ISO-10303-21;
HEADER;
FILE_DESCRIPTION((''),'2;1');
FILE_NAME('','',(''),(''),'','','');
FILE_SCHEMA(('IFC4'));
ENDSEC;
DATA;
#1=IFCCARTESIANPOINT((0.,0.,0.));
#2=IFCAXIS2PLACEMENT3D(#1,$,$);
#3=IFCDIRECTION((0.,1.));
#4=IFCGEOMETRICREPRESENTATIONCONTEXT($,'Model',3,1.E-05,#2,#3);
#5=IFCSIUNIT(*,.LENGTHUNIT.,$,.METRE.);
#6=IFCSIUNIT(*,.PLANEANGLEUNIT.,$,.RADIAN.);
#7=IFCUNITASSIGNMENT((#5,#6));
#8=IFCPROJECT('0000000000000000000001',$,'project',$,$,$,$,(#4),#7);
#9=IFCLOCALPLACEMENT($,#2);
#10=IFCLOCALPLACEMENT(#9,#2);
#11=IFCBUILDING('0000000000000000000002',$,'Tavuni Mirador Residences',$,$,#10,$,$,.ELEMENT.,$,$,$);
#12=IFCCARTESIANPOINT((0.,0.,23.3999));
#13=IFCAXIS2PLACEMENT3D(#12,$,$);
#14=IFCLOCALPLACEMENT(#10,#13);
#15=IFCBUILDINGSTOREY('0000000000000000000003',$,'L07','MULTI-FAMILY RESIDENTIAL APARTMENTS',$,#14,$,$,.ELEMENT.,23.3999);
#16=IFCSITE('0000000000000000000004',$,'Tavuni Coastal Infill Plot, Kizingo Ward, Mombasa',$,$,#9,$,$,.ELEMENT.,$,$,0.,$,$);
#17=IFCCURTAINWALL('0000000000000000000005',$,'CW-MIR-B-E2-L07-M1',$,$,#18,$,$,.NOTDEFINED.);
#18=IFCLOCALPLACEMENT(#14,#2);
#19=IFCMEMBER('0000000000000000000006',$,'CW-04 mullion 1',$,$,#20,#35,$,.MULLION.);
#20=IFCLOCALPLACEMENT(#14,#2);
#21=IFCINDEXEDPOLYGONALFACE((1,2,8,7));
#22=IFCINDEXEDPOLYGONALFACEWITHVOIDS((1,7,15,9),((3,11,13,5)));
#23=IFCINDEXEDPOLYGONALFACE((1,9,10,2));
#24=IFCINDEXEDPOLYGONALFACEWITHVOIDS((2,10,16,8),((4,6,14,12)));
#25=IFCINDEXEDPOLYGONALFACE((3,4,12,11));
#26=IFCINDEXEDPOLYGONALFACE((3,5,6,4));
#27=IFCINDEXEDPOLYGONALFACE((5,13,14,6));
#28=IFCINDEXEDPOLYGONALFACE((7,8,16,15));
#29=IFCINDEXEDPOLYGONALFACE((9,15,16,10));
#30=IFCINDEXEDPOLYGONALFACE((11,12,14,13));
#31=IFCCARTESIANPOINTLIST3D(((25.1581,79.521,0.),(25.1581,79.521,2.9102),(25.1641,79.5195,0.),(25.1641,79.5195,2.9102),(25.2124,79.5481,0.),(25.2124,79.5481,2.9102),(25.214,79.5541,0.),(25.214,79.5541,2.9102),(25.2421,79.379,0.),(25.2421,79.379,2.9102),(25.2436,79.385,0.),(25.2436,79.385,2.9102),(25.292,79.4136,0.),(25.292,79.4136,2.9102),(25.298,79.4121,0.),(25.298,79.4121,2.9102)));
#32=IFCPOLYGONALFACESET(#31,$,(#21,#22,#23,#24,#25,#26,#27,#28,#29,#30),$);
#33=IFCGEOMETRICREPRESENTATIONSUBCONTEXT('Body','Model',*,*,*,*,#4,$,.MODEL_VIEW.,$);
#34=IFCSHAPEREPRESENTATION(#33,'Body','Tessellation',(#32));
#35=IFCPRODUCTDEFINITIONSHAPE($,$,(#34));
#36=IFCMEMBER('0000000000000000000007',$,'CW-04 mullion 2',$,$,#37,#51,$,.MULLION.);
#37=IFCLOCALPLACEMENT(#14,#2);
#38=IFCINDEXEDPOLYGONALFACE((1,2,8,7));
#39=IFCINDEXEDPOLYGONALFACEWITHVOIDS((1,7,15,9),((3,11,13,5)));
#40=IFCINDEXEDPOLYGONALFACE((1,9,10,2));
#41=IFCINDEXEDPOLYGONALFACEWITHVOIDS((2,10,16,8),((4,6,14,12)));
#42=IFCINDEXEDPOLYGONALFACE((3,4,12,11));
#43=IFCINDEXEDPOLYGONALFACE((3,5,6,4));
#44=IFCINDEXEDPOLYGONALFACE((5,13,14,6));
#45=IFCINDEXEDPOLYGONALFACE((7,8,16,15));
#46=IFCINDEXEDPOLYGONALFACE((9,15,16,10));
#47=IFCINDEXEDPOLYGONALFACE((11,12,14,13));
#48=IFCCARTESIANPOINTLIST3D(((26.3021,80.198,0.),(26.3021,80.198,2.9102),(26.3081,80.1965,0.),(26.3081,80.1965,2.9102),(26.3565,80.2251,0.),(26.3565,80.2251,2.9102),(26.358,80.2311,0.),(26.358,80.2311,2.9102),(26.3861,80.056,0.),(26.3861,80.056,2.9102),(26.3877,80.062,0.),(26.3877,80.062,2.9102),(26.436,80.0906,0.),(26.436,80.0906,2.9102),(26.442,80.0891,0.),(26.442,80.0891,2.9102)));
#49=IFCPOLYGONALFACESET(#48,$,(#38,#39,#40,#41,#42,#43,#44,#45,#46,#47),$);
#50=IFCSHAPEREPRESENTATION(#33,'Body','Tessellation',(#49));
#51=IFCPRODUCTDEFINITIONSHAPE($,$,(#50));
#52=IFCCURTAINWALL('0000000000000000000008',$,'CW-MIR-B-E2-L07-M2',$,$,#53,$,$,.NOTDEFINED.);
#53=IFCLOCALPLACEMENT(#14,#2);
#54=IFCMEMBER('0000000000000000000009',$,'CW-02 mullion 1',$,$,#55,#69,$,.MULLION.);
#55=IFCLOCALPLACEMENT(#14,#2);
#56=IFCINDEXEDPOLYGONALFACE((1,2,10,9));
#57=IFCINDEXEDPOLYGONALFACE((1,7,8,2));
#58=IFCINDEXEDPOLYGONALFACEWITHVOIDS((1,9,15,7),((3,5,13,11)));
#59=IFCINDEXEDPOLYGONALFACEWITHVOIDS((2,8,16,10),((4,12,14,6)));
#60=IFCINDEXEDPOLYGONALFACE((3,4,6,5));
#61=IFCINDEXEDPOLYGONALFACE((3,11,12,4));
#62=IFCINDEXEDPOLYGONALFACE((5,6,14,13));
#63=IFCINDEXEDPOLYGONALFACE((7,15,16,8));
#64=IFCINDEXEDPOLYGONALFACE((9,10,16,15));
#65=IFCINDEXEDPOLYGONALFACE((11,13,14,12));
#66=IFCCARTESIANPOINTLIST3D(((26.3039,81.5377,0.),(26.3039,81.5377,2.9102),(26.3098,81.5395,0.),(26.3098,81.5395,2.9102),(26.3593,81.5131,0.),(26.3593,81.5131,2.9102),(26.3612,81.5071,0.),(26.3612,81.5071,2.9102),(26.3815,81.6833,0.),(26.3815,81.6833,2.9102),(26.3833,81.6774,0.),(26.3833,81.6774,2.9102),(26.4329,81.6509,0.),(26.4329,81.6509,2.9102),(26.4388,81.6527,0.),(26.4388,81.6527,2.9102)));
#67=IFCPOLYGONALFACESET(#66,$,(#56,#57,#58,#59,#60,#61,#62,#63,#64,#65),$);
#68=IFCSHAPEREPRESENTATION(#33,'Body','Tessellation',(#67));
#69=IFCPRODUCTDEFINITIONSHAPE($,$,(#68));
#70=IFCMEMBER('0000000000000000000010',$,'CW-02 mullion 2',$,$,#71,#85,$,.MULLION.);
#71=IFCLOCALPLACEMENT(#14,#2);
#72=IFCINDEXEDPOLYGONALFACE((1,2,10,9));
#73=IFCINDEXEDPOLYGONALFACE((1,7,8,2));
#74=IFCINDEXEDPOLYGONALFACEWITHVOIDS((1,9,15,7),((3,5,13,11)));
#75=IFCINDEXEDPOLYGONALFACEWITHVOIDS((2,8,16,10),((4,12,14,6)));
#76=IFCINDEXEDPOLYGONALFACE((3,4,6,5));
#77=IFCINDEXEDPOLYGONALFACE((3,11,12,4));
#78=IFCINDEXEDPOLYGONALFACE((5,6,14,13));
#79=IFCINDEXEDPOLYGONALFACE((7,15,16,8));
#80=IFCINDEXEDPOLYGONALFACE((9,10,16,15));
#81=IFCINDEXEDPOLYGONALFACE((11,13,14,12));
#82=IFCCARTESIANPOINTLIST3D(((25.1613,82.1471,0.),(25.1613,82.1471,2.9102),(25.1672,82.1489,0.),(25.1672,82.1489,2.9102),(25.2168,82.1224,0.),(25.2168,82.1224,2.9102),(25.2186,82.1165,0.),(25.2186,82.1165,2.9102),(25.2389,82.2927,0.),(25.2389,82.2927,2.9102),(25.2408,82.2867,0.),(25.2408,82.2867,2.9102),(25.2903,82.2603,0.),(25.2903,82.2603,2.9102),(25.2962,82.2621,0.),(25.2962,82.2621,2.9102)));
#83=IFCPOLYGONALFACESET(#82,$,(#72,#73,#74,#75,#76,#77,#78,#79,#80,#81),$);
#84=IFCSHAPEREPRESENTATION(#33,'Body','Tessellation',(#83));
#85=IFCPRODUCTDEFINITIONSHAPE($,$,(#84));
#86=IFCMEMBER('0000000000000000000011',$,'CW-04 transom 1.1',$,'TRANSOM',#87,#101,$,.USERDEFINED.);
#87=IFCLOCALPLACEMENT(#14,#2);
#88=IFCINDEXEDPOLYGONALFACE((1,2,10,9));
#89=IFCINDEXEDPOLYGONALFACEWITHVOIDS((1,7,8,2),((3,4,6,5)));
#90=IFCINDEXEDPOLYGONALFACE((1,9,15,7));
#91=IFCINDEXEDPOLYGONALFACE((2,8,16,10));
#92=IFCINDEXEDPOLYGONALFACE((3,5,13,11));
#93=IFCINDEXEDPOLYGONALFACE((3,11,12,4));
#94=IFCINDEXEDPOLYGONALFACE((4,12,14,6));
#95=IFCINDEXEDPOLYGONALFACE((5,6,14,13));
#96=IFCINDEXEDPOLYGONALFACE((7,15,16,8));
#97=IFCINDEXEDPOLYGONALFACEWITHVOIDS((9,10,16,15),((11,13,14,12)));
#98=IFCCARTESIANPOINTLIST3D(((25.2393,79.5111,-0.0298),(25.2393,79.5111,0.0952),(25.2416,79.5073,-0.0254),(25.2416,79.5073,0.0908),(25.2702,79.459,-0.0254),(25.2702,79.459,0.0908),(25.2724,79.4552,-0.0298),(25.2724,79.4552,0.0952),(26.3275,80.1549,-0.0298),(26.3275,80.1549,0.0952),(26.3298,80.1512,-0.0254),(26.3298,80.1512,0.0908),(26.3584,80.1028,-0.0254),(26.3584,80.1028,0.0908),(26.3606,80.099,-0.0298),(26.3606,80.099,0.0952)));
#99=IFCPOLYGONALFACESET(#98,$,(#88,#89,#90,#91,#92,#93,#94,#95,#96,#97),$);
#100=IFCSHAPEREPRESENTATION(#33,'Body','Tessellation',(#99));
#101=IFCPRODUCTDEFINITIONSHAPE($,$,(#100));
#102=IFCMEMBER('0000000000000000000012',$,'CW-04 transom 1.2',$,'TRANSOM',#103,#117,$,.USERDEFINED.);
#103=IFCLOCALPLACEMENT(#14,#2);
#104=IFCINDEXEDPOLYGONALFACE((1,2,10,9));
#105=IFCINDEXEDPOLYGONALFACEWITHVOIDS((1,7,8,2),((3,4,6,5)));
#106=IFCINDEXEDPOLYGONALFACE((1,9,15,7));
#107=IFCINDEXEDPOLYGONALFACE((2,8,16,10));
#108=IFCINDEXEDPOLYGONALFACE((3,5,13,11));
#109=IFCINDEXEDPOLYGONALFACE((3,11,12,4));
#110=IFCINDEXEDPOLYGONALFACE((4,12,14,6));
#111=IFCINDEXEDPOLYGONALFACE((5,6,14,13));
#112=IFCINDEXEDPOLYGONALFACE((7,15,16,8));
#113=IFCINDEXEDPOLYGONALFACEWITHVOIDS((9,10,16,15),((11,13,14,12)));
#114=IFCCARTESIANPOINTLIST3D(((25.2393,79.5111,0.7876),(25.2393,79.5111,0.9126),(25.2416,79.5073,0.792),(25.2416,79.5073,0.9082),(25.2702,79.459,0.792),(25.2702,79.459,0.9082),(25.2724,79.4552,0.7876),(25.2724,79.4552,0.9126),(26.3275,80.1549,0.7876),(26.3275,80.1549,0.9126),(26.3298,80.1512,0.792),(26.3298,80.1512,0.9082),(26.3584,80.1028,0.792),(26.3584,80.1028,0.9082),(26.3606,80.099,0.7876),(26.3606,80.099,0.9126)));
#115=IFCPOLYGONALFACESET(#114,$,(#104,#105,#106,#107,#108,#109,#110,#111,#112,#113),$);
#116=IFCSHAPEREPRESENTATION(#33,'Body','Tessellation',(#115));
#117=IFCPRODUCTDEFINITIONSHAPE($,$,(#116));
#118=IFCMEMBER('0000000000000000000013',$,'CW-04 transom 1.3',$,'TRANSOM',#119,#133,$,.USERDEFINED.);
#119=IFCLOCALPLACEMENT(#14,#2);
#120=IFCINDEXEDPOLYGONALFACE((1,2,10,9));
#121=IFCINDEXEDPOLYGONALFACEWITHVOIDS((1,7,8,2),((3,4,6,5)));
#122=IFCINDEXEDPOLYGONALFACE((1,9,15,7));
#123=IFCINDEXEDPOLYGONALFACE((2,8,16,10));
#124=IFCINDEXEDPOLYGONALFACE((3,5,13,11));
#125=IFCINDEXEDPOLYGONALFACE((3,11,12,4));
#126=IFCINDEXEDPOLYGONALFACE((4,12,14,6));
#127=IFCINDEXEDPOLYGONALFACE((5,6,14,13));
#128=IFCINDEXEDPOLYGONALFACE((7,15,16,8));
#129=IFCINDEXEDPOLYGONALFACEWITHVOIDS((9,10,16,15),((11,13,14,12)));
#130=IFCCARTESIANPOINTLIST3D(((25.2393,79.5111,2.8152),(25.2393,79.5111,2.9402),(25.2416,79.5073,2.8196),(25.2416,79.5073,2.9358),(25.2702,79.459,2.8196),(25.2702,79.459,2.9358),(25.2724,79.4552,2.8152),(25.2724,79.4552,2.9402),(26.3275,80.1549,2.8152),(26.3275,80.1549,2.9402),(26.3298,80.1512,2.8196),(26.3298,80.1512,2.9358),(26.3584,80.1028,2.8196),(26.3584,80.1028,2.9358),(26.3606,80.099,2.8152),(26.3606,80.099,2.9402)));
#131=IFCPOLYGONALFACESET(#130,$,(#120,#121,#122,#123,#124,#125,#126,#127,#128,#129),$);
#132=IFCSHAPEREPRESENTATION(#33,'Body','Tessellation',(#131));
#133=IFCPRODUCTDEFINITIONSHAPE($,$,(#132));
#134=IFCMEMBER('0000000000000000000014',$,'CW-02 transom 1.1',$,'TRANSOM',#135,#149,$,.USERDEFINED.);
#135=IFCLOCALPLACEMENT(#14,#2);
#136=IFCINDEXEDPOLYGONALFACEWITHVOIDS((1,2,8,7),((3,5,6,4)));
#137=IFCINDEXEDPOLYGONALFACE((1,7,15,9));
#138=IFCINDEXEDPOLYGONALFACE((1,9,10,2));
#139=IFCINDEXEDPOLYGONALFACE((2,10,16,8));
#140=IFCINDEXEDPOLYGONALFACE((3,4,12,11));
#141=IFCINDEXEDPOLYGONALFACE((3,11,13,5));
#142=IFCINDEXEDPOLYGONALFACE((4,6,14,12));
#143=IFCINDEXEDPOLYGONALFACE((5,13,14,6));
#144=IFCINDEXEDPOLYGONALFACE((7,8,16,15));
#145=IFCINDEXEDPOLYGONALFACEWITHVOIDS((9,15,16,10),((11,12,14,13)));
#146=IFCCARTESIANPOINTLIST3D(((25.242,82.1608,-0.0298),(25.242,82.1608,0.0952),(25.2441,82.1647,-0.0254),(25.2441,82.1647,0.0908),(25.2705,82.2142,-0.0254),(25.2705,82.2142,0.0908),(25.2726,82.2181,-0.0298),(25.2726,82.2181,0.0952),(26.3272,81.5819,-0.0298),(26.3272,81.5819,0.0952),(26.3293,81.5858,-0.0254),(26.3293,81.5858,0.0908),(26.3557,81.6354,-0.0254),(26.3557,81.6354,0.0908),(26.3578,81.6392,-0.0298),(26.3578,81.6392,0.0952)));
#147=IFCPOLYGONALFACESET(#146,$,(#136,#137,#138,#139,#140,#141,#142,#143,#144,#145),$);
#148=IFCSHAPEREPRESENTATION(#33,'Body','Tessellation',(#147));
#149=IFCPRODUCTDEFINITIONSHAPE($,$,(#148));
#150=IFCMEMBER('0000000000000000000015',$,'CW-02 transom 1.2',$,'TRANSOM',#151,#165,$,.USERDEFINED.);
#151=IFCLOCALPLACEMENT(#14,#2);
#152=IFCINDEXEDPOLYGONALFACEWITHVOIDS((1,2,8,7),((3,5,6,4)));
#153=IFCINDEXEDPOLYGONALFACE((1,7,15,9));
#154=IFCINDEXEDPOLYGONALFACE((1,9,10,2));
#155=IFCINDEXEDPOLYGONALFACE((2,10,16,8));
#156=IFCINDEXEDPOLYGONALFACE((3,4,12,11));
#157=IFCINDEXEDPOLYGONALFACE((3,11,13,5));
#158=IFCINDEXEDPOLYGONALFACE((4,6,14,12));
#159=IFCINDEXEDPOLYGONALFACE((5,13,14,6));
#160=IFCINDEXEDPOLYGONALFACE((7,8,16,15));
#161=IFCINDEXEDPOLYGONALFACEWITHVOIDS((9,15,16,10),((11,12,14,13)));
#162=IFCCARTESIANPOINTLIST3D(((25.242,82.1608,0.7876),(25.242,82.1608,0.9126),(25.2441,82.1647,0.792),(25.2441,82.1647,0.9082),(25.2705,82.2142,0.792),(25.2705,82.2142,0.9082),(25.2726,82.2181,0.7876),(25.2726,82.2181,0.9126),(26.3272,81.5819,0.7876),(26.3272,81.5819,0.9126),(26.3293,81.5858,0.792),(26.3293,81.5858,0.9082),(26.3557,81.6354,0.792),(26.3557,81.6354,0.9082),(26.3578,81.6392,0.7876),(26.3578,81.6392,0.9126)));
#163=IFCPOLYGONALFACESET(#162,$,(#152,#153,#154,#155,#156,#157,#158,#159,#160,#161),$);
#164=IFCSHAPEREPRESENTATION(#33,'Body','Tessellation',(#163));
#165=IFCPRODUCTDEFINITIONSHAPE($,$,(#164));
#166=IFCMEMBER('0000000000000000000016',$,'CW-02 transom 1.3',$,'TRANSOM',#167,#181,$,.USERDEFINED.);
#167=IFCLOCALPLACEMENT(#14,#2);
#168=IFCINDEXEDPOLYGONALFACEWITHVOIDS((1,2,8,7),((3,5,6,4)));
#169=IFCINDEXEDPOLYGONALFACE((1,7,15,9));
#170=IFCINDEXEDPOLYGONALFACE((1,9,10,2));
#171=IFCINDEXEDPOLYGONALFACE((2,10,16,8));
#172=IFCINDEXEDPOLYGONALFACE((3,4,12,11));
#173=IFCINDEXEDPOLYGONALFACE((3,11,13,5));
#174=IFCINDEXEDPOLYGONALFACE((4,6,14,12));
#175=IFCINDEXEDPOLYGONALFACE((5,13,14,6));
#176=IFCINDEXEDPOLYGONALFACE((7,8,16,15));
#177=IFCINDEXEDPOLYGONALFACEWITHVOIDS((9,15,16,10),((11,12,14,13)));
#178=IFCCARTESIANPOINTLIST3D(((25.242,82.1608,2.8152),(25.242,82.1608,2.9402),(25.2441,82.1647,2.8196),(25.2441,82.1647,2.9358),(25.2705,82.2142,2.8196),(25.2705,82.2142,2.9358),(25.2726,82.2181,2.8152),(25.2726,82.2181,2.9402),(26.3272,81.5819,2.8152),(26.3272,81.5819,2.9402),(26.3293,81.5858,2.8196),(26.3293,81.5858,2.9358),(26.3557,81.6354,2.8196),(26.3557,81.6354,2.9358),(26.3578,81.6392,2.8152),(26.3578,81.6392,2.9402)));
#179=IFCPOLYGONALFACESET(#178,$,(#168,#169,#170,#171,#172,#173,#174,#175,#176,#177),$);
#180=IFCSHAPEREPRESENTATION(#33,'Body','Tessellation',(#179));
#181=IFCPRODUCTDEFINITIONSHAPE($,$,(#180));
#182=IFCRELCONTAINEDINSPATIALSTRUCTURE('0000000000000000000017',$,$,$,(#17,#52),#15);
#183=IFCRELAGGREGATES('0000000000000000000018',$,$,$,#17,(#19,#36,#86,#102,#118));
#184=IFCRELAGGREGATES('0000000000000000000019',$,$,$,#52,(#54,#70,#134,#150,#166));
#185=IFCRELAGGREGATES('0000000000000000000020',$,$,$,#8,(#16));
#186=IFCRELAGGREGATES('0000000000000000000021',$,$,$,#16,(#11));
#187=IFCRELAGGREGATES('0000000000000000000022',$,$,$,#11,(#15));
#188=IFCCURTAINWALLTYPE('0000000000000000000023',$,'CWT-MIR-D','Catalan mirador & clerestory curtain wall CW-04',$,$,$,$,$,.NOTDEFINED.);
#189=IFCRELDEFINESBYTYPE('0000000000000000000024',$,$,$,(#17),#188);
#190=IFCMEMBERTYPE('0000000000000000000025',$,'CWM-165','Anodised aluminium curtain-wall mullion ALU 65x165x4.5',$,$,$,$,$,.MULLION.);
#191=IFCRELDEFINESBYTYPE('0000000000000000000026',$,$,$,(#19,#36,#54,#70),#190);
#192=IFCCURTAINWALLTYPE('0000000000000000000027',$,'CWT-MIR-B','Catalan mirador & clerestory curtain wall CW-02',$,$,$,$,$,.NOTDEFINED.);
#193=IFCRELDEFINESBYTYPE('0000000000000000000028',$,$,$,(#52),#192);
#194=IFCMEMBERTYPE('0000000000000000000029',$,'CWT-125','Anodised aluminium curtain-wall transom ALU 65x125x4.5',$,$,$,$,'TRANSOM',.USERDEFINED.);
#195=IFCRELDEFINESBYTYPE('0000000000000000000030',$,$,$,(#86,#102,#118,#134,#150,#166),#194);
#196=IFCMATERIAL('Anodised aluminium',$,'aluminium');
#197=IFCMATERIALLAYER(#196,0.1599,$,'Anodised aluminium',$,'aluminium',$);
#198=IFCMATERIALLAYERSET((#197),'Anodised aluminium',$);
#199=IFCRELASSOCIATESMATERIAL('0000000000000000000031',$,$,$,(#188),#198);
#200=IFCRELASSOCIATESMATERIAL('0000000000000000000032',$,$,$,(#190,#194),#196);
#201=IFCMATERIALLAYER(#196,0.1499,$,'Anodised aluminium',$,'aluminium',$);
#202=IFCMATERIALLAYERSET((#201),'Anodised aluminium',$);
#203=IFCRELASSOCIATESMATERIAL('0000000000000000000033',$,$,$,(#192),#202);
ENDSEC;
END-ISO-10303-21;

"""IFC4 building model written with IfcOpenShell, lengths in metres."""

from ifc_helpers import new_model, si_unit, direction, frame, origin, origin_2d, place, context, subcontext, project, spatial, hollow_rectangle, extrude, material, layer, layer_set, material_profile, profile_set, type_object, element, aggregate, save


model = new_model("IFC4")

# Units and contexts
model_context = context("Model", 3, precision=1e-05, world=origin(), true_north=direction((0.0, 1.0)))
body_context = subcontext(model_context, "Body", "Model", "MODEL_VIEW")
ifc_project = project(units=[si_unit("LENGTHUNIT", "METRE"), si_unit("PLANEANGLEUNIT", "RADIAN")], contexts=[model_context])

# Site, building, storey
site_placement = place(None, origin())
site = spatial("IfcSite", under=ifc_project, at=site_placement, Name="Tavuni Coastal Infill Plot, Kizingo Ward, Mombasa", CompositionType="ELEMENT", RefElevation=0.0)
building_placement = place(site_placement, origin())
building = spatial("IfcBuilding", under=site, at=building_placement, Name="Tavuni Mirador Residences", CompositionType="ELEMENT")
storey_placement = place(building_placement, frame((0.0, 0.0, 23.3999)))
storey = spatial("IfcBuildingStorey", under=building, at=storey_placement, Name="L07", Description="MULTI-FAMILY RESIDENTIAL APARTMENTS", CompositionType="ELEMENT", Elevation=23.3999)

# Curtain walls, members
ifc_material_1 = material(Name="Anodised aluminium", Category="aluminium")
ifc_layer_1 = layer(ifc_material_1, 0.1599, Name="Anodised aluminium", Category="aluminium")
ifc_layer_set_1 = layer_set([ifc_layer_1], Name="Anodised aluminium")
curtain_wall_type_1 = type_object("IfcCurtainWallType", Name="CWT-MIR-D", Description="Catalan mirador & clerestory curtain wall CW-04", PredefinedType="NOTDEFINED", material=ifc_layer_set_1)
curtain_wall_1_placement = place(storey_placement, origin())
curtain_wall_1 = element("IfcCurtainWall", 1, at=curtain_wall_1_placement, inside=storey, type_object=curtain_wall_type_1, Name="CW-MIR-B-E2-L07-M1", PredefinedType="NOTDEFINED")
ifc_material_profile_1 = material_profile(ifc_material_1, hollow_rectangle(XDim=0.0649, YDim=0.165, WallThickness=0.0044, at=origin_2d()), Name="ALU 65x165x4.5", Category="aluminium")
ifc_profile_set_1 = profile_set([ifc_material_profile_1], Name="Anodised aluminium")
member_type_1 = type_object("IfcMemberType", Name="CWM-165", Description="Anodised aluminium curtain-wall mullion ALU 65x165x4.5", PredefinedType="MULLION", material=ifc_profile_set_1)
member_1_placement = place(storey_placement, frame((25.228, 79.4666, 0.0), z_axis=(0.0, 0.0, 1.0), x_axis=(0.860641, 0.509212, 0.0)))
member_1 = element("IfcMember", 2, at=member_1_placement, type_object=member_type_1, Name="CW-04 mullion 1", PredefinedType="MULLION", context=body_context, shape_type="SweptSolid", body=[
    extrude(hollow_rectangle(XDim=0.0649, YDim=0.165, WallThickness=0.0044, at=origin_2d()), origin(), (0.0, 0.0, 1.0), 2.9102),
])
member_2_placement = place(storey_placement, frame((26.3721, 80.1436, 0.0), z_axis=(0.0, 0.0, 1.0), x_axis=(0.860641, 0.509212, 0.0)))
member_2 = element("IfcMember", 3, at=member_2_placement, type_object=member_type_1, Name="CW-04 mullion 2", PredefinedType="MULLION", context=body_context, shape_type="SweptSolid", body=[
    extrude(hollow_rectangle(XDim=0.0649, YDim=0.165, WallThickness=0.0044, at=origin_2d()), origin(), (0.0, 0.0, 1.0), 2.9102),
])
ifc_layer_2 = layer(ifc_material_1, 0.1499, Name="Anodised aluminium", Category="aluminium")
ifc_layer_set_2 = layer_set([ifc_layer_2], Name="Anodised aluminium")
curtain_wall_type_2 = type_object("IfcCurtainWallType", Name="CWT-MIR-B", Description="Catalan mirador & clerestory curtain wall CW-02", PredefinedType="NOTDEFINED", material=ifc_layer_set_2)
curtain_wall_2_placement = place(storey_placement, origin())
curtain_wall_2 = element("IfcCurtainWall", 4, at=curtain_wall_2_placement, inside=storey, type_object=curtain_wall_type_2, Name="CW-MIR-B-E2-L07-M2", PredefinedType="NOTDEFINED")
member_3_placement = place(storey_placement, frame((26.3713, 81.5952, 0.0), z_axis=(0.0, 0.0, 1.0), x_axis=(-0.882353, 0.470588, 0.0)))
member_3 = element("IfcMember", 5, at=member_3_placement, type_object=member_type_1, Name="CW-02 mullion 1", PredefinedType="MULLION", context=body_context, shape_type="SweptSolid", body=[
    extrude(hollow_rectangle(XDim=0.0649, YDim=0.165, WallThickness=0.0044, at=origin_2d()), origin(), (0.0, 0.0, 1.0), 2.9102),
])
member_4_placement = place(storey_placement, frame((25.2288, 82.2046, 0.0), z_axis=(0.0, 0.0, 1.0), x_axis=(-0.882353, 0.470588, 0.0)))
member_4 = element("IfcMember", 6, at=member_4_placement, type_object=member_type_1, Name="CW-02 mullion 2", PredefinedType="MULLION", context=body_context, shape_type="SweptSolid", body=[
    extrude(hollow_rectangle(XDim=0.0649, YDim=0.165, WallThickness=0.0044, at=origin_2d()), origin(), (0.0, 0.0, 1.0), 2.9102),
])

# Members
ifc_material_profile_2 = material_profile(ifc_material_1, hollow_rectangle(XDim=0.0649, YDim=0.125, WallThickness=0.0044, at=origin_2d()), Name="ALU 65x125x4.5", Category="aluminium")
ifc_profile_set_2 = profile_set([ifc_material_profile_2], Name="Anodised aluminium")
member_type_2 = type_object("IfcMemberType", Name="CWT-125", Description="Anodised aluminium curtain-wall transom ALU 65x125x4.5", ElementType="TRANSOM", PredefinedType="USERDEFINED", material=ifc_profile_set_2)
member_5_placement = place(storey_placement, frame((25.2559, 79.4832, 0.0327), z_axis=(0.860646, 0.509204, 0.0), x_axis=(-0.509204, 0.860646, 0.0)))
member_5 = element("IfcMember", 7, at=member_5_placement, type_object=member_type_2, Name="CW-04 transom 1.1", ObjectType="TRANSOM", PredefinedType="USERDEFINED", context=body_context, shape_type="SweptSolid", body=[
    extrude(hollow_rectangle(XDim=0.0649, YDim=0.125, WallThickness=0.0044, at=origin_2d()), origin(), (0.0, 0.0, 1.0), 1.2644),
])
member_6_placement = place(storey_placement, frame((25.2559, 79.4832, 0.8501), z_axis=(0.860646, 0.509204, 0.0), x_axis=(-0.509204, 0.860646, 0.0)))
member_6 = element("IfcMember", 8, at=member_6_placement, type_object=member_type_2, Name="CW-04 transom 1.2", ObjectType="TRANSOM", PredefinedType="USERDEFINED", context=body_context, shape_type="SweptSolid", body=[
    extrude(hollow_rectangle(XDim=0.0649, YDim=0.125, WallThickness=0.0044, at=origin_2d()), origin(), (0.0, 0.0, 1.0), 1.2644),
])
member_7_placement = place(storey_placement, frame((25.2559, 79.4832, 2.8777), z_axis=(0.860646, 0.509204, 0.0), x_axis=(-0.509204, 0.860646, 0.0)))
member_7 = element("IfcMember", 9, at=member_7_placement, type_object=member_type_2, Name="CW-04 transom 1.3", ObjectType="TRANSOM", PredefinedType="USERDEFINED", context=body_context, shape_type="SweptSolid", body=[
    extrude(hollow_rectangle(XDim=0.0649, YDim=0.125, WallThickness=0.0044, at=origin_2d()), origin(), (0.0, 0.0, 1.0), 1.2644),
])
member_8_placement = place(storey_placement, frame((26.3425, 81.6106, 0.0327), z_axis=(-0.882325, 0.47064, 0.0), x_axis=(-0.47064, -0.882325, 0.0)))
member_8 = element("IfcMember", 10, at=member_8_placement, type_object=member_type_2, Name="CW-02 transom 1.1", ObjectType="TRANSOM", PredefinedType="USERDEFINED", context=body_context, shape_type="SweptSolid", body=[
    extrude(hollow_rectangle(XDim=0.0649, YDim=0.125, WallThickness=0.0044, at=origin_2d()), origin(), (0.0, 0.0, 1.0), 1.23),
])
member_9_placement = place(storey_placement, frame((26.3425, 81.6106, 0.8501), z_axis=(-0.882325, 0.47064, 0.0), x_axis=(-0.47064, -0.882325, 0.0)))
member_9 = element("IfcMember", 11, at=member_9_placement, type_object=member_type_2, Name="CW-02 transom 1.2", ObjectType="TRANSOM", PredefinedType="USERDEFINED", context=body_context, shape_type="SweptSolid", body=[
    extrude(hollow_rectangle(XDim=0.0649, YDim=0.125, WallThickness=0.0044, at=origin_2d()), origin(), (0.0, 0.0, 1.0), 1.23),
])
member_10_placement = place(storey_placement, frame((26.3425, 81.6106, 2.8777), z_axis=(-0.882325, 0.47064, 0.0), x_axis=(-0.47064, -0.882325, 0.0)))
member_10 = element("IfcMember", 12, at=member_10_placement, type_object=member_type_2, Name="CW-02 transom 1.3", ObjectType="TRANSOM", PredefinedType="USERDEFINED", context=body_context, shape_type="SweptSolid", body=[
    extrude(hollow_rectangle(XDim=0.0649, YDim=0.125, WallThickness=0.0044, at=origin_2d()), origin(), (0.0, 0.0, 1.0), 1.23),
])

aggregate(curtain_wall_1, [member_1, member_2, member_5, member_6, member_7])
aggregate(curtain_wall_2, [member_3, member_4, member_8, member_9, member_10])

save(model, "model.ifc")
